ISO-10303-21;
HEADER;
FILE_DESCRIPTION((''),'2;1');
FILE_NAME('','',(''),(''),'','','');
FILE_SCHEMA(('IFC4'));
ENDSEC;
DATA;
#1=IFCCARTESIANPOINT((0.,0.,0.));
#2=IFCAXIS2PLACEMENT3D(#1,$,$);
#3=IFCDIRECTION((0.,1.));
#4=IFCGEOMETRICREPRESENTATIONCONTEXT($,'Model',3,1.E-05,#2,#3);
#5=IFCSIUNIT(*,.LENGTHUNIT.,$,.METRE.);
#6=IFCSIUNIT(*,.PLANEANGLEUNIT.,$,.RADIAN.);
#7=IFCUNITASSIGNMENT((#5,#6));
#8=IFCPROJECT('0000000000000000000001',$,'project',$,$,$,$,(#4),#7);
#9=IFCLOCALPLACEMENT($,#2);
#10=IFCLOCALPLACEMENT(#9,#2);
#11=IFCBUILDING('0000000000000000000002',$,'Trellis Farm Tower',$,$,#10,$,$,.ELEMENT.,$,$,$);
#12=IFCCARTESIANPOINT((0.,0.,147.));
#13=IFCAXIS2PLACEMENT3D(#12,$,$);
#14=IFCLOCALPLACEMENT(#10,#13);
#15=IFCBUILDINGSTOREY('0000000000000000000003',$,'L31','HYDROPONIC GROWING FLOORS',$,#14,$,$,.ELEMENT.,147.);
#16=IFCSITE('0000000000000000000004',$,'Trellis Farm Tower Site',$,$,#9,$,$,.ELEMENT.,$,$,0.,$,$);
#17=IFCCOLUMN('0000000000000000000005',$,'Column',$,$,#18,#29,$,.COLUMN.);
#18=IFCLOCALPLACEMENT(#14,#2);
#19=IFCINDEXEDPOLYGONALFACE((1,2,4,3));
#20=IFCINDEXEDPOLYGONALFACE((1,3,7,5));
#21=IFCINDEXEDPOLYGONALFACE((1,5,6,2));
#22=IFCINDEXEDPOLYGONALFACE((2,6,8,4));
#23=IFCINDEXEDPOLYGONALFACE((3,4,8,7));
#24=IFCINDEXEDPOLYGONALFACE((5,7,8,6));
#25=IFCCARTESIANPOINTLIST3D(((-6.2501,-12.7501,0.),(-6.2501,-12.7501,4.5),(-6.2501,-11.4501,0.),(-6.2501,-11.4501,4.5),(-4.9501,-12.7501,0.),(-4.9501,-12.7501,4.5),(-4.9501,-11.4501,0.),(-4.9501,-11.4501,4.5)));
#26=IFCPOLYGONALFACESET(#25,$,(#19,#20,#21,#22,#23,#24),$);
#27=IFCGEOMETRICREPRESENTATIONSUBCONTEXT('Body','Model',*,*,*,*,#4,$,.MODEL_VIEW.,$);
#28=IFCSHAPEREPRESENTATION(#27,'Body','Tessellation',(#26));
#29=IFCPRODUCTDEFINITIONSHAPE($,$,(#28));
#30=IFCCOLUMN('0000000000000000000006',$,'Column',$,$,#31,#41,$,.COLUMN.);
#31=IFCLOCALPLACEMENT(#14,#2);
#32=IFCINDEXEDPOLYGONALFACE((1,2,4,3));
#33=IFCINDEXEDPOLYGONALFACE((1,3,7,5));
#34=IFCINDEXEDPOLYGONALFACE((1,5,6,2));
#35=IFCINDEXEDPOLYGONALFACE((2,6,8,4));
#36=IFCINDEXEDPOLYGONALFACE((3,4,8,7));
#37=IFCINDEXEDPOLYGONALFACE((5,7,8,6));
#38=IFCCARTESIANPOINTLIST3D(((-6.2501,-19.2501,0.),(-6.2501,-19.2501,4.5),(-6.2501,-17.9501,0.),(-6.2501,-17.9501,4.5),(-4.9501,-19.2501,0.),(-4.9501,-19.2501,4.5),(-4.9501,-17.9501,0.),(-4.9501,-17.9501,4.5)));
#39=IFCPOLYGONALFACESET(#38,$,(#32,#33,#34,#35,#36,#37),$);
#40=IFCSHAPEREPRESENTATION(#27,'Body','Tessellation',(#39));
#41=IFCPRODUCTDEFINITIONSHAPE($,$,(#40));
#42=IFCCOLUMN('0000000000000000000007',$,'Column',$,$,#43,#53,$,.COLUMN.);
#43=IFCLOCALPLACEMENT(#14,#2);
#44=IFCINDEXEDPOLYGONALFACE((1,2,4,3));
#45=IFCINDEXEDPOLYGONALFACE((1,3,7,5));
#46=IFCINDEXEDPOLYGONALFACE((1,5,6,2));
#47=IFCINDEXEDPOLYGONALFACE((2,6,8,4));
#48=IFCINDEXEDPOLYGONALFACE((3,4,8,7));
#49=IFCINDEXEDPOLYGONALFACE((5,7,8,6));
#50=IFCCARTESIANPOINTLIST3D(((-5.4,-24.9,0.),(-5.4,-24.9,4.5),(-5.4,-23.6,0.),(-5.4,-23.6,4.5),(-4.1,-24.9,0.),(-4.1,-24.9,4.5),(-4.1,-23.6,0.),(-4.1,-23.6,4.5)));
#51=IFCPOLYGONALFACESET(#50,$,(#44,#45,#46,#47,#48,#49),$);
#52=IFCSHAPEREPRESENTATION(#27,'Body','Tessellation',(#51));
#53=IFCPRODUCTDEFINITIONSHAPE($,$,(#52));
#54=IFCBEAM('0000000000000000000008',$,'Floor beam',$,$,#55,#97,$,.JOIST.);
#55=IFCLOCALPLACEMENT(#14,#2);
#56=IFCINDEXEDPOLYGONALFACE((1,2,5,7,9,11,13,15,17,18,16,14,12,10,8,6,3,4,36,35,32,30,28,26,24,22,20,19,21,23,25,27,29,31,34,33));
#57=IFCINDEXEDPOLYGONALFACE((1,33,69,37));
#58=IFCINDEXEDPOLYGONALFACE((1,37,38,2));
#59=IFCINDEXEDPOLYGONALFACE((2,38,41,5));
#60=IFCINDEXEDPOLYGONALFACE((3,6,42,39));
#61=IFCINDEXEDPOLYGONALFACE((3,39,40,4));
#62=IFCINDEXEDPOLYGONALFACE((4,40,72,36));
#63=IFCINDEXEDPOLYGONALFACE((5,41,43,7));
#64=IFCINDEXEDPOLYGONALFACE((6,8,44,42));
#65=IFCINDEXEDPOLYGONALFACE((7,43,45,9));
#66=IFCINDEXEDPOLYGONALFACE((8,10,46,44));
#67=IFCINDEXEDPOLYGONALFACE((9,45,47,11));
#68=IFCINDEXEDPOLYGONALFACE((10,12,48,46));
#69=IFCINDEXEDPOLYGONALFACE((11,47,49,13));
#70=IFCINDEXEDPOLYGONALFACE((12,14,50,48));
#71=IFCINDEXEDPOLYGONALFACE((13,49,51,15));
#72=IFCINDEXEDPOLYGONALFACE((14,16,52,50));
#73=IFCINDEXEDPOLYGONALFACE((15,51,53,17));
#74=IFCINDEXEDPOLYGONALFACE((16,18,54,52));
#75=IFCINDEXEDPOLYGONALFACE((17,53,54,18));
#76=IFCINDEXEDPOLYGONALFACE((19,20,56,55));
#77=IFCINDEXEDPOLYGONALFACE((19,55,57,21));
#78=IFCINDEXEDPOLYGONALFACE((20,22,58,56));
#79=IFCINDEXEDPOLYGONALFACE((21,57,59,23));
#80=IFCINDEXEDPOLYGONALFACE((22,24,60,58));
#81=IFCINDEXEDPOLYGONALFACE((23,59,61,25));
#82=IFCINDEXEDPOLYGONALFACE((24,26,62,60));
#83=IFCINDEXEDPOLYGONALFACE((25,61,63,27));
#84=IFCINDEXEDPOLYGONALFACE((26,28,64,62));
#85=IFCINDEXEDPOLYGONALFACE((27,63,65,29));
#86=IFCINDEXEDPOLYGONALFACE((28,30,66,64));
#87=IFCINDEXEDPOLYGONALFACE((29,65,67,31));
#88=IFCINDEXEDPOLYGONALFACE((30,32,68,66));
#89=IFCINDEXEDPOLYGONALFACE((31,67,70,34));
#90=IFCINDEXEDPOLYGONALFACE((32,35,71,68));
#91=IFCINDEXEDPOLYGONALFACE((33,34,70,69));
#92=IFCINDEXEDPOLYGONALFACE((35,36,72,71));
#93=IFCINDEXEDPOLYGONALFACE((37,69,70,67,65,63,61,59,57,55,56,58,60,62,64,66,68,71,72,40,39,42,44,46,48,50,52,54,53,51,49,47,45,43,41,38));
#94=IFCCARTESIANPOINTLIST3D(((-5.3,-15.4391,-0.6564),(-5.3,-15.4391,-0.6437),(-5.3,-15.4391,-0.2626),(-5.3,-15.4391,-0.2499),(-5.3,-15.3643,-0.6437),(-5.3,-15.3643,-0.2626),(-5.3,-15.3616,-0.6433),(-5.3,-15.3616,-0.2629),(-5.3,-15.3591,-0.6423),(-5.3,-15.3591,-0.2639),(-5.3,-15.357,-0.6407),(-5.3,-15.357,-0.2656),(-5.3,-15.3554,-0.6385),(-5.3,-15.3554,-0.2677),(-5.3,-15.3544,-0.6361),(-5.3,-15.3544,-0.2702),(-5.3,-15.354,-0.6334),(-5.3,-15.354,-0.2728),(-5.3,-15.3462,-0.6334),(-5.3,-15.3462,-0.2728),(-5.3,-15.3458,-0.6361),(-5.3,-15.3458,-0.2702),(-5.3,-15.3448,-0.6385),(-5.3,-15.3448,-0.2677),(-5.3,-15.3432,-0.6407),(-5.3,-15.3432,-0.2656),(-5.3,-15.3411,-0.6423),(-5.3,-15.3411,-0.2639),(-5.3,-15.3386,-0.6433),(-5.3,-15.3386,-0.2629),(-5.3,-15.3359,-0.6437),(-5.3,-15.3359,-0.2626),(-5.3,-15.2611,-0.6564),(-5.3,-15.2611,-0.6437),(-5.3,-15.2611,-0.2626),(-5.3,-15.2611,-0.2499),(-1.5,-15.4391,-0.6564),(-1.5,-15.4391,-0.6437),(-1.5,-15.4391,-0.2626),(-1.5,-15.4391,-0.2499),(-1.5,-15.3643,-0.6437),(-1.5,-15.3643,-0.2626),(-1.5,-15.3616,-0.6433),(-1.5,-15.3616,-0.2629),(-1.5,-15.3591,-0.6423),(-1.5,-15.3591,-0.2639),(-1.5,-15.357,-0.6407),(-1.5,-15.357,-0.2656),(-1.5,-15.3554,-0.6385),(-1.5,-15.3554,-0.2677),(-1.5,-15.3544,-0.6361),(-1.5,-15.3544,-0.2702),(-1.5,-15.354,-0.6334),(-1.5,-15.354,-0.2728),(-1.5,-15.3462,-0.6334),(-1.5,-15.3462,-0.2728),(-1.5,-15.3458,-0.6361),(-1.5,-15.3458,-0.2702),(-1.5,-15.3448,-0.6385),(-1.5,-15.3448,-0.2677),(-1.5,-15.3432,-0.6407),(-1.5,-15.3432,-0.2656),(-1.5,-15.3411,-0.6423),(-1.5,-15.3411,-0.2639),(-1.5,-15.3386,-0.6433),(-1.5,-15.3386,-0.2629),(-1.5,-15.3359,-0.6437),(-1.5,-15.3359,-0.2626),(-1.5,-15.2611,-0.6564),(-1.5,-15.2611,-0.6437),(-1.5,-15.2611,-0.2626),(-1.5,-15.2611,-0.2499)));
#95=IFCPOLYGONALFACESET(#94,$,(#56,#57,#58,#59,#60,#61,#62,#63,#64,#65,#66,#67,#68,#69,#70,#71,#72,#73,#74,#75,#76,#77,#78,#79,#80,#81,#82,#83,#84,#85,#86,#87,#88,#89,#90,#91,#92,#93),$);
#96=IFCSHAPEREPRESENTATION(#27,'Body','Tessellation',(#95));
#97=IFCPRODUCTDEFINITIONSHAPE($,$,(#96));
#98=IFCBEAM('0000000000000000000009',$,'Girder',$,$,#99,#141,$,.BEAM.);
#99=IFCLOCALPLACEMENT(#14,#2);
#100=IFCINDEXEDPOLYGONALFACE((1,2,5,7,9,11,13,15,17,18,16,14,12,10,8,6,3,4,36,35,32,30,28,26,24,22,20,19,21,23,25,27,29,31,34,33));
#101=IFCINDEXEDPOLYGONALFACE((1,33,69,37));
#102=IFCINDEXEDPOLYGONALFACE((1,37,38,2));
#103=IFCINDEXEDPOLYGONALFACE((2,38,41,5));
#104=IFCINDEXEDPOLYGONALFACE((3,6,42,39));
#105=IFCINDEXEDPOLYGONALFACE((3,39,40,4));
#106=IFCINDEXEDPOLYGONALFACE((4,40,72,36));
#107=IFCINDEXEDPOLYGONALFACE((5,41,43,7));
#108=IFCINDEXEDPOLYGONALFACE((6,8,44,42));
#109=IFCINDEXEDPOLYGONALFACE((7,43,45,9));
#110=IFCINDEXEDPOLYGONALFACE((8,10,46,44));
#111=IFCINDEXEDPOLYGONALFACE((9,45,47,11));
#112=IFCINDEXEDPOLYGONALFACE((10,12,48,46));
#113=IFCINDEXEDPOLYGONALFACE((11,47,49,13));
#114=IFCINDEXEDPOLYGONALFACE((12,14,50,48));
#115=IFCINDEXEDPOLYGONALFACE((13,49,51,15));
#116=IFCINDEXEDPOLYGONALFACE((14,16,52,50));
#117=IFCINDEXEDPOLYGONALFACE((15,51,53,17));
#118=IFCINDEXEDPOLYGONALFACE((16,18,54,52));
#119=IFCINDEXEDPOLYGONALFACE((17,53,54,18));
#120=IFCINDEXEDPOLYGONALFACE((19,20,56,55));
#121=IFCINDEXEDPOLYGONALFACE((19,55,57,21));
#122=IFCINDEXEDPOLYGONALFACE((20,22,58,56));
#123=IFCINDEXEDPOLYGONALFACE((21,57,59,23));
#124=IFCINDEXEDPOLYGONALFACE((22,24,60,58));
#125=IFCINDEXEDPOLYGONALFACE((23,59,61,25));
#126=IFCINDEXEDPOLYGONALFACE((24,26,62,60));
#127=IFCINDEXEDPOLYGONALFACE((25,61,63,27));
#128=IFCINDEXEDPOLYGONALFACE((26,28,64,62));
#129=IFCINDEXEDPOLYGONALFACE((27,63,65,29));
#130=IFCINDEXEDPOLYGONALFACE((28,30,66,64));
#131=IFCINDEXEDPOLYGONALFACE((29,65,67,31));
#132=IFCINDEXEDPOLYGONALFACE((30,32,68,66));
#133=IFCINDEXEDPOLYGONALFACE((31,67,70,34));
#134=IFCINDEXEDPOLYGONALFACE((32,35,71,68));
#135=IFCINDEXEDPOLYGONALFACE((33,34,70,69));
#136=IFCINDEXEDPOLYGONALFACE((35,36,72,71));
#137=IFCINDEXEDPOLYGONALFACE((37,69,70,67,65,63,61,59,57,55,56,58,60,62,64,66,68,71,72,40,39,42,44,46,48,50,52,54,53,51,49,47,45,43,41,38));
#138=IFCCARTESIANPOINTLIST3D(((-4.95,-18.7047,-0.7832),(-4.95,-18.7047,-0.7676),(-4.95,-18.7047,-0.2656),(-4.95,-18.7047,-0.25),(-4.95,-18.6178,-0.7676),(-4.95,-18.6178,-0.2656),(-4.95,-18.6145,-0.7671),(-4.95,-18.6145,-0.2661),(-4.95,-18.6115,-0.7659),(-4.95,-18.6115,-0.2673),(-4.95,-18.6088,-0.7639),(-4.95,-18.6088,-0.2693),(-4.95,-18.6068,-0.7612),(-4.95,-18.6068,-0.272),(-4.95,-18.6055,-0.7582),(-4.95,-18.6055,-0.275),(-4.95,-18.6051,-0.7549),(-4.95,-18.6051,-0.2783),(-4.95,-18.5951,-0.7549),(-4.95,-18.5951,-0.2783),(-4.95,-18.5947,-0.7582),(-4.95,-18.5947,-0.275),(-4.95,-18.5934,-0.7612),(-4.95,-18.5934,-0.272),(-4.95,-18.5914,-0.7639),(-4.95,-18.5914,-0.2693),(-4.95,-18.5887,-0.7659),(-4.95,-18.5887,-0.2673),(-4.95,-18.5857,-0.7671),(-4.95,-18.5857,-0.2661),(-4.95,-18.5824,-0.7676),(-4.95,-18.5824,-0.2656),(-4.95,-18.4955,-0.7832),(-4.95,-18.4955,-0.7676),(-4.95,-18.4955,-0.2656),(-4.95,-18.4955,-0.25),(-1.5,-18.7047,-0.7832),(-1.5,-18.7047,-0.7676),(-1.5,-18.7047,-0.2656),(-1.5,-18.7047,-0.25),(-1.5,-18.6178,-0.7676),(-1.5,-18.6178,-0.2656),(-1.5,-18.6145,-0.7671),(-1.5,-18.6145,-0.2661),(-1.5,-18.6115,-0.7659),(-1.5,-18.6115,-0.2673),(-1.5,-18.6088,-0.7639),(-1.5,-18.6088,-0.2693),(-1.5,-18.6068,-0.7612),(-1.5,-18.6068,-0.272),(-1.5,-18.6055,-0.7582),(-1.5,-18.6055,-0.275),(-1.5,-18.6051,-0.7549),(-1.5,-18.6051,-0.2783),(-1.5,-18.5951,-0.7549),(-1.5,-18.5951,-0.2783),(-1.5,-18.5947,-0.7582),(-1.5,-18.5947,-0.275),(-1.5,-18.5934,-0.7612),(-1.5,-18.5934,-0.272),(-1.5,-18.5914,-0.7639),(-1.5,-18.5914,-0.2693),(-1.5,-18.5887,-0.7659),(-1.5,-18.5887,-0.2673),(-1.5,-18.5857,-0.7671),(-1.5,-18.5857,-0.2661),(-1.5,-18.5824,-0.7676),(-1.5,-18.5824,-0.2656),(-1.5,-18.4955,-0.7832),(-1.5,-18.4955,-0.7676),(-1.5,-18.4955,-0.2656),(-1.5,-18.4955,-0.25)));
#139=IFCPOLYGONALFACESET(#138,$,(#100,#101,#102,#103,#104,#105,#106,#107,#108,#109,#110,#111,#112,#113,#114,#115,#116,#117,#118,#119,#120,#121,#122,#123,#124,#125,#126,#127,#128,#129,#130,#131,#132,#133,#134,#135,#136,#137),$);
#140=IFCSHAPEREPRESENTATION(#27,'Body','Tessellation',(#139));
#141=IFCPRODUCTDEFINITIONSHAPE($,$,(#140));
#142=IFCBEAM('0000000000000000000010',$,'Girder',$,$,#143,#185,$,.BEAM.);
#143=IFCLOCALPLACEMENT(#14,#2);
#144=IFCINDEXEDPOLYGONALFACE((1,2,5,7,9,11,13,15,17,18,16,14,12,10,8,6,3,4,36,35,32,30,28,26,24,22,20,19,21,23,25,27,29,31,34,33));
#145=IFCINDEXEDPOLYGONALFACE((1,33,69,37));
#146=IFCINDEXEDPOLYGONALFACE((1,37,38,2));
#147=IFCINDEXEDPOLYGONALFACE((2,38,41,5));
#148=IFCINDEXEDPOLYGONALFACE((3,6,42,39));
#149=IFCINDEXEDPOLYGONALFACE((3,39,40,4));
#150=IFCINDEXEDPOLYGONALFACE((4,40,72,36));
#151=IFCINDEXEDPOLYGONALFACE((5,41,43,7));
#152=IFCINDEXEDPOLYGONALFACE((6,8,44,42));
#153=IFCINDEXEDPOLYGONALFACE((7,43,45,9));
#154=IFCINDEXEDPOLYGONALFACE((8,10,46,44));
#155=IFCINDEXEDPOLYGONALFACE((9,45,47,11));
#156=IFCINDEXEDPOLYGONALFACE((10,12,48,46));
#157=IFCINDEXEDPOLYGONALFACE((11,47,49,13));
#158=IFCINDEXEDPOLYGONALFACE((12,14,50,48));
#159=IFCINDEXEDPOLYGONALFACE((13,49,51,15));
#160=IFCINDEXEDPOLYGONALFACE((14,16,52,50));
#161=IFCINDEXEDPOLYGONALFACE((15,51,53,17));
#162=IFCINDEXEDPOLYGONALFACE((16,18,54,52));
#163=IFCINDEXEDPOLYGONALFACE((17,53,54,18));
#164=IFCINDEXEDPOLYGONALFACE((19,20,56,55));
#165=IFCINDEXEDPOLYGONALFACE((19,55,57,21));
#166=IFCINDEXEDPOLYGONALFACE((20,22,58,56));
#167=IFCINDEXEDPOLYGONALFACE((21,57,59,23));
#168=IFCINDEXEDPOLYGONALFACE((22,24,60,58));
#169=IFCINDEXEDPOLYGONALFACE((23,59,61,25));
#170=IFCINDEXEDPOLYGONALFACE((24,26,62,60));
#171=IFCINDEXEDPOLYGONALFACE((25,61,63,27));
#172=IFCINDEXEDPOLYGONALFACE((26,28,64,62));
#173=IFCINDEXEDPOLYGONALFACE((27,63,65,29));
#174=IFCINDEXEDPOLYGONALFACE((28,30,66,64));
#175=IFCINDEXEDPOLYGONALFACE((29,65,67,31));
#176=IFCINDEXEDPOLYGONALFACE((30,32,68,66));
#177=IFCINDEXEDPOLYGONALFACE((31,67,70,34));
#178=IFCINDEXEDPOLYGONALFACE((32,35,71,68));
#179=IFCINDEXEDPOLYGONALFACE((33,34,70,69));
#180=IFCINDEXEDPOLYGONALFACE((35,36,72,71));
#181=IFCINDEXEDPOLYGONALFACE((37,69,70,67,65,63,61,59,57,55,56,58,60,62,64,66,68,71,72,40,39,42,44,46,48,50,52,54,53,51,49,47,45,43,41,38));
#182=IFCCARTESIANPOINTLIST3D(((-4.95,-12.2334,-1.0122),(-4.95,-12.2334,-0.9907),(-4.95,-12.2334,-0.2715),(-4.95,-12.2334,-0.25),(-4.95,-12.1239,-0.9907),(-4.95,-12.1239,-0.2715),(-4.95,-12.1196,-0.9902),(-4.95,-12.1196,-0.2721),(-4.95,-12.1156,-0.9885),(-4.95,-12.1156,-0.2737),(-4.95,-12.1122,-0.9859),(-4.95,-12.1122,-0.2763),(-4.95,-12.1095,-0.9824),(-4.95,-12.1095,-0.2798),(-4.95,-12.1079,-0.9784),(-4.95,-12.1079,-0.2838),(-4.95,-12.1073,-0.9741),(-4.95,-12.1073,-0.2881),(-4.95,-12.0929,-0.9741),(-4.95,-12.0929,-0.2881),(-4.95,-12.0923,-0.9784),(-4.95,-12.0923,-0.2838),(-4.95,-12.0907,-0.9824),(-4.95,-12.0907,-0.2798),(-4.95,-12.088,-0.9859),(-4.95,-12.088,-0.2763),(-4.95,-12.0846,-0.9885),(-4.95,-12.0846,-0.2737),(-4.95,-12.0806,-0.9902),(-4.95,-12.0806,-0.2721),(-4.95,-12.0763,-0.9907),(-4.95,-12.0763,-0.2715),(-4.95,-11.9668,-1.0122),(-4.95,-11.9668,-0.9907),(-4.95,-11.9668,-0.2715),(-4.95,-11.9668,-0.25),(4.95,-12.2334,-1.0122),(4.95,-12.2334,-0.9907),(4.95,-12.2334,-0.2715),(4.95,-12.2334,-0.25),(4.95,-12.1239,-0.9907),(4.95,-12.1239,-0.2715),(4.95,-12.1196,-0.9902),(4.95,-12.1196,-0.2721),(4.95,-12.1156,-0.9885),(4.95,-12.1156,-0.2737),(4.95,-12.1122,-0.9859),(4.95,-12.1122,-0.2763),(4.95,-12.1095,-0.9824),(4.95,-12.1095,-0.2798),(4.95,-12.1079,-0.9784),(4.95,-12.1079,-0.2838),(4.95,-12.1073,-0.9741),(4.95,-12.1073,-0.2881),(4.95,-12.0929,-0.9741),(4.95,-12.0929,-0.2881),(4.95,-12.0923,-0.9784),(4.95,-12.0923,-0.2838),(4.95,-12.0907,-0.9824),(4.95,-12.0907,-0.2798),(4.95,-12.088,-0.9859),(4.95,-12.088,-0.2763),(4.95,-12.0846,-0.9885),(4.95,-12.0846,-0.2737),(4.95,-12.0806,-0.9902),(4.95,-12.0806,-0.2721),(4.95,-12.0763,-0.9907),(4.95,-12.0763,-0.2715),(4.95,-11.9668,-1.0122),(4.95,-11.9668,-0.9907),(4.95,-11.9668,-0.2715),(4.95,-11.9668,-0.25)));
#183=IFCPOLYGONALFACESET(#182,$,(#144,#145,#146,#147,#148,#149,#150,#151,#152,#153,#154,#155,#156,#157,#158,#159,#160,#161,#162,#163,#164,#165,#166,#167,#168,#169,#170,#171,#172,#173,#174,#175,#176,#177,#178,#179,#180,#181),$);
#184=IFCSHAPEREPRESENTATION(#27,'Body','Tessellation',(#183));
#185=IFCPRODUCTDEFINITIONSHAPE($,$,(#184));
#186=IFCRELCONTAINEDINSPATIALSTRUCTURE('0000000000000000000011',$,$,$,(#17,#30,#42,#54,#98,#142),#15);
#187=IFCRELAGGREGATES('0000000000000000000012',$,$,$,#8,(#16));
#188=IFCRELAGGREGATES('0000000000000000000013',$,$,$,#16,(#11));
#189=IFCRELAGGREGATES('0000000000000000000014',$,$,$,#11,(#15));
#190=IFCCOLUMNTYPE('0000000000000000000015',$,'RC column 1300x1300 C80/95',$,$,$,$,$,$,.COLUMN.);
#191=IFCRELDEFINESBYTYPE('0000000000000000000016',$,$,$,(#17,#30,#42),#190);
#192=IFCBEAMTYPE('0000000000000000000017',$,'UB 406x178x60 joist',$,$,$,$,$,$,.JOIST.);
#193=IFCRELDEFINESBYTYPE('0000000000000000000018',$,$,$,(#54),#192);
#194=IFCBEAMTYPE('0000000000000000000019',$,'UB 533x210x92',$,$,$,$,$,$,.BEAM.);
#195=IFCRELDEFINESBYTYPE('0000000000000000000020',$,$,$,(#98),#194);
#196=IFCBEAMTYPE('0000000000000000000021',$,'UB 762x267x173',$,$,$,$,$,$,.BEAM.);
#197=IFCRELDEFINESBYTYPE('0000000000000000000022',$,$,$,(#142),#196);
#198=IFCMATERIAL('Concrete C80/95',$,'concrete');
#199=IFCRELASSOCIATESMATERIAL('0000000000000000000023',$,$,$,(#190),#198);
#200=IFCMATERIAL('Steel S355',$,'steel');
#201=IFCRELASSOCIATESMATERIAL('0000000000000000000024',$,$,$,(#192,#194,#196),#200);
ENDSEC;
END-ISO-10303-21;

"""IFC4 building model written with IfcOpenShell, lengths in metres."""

from ifc_helpers import new_model, si_unit, direction, frame, origin, origin_2d, place, context, subcontext, project, spatial, rectangle, i_section, extrude, source, transform, mapped, material, material_profile, profile_set, type_object, element, save


model = new_model("IFC4")

# Units and contexts
model_context = context("Model", 3, precision=1e-05, world=origin(), true_north=direction((0.0, 1.0)))
body_context = subcontext(model_context, "Body", "Model", "MODEL_VIEW")
ifc_project = project(units=[si_unit("LENGTHUNIT", "METRE"), si_unit("PLANEANGLEUNIT", "RADIAN")], contexts=[model_context])

# Site, building, storey
site_placement = place(None, origin())
site = spatial("IfcSite", under=ifc_project, at=site_placement, Name="Trellis Farm Tower Site", CompositionType="ELEMENT", RefElevation=0.0)
building_placement = place(site_placement, origin())
building = spatial("IfcBuilding", under=site, at=building_placement, Name="Trellis Farm Tower", CompositionType="ELEMENT")
storey_placement = place(building_placement, frame((0.0, 0.0, 147.0)))
storey = spatial("IfcBuildingStorey", under=building, at=storey_placement, Name="L31", Description="HYDROPONIC GROWING FLOORS", CompositionType="ELEMENT", Elevation=147.0)

# Columns
ifc_material_1 = material(Name="Concrete C80/95", Category="concrete")
ifc_material_profile_1 = material_profile(ifc_material_1, rectangle(XDim=1.3, YDim=1.3, at=origin_2d()), Name="RC column 1300x1300 C80/95")
ifc_profile_set_1 = profile_set([ifc_material_profile_1], Name="Concrete C80/95")
column_type = type_object("IfcColumnType", Name="RC column 1300x1300 C80/95", PredefinedType="COLUMN", material=ifc_profile_set_1)
shared_shape_1 = source(origin(), body_context, "Body", "SweptSolid", [
    extrude(rectangle(XDim=1.3, YDim=1.3, at=origin_2d()), origin(), (0.0, 0.0, 1.0), 4.5),
])
for number, where, z_axis, x_axis, name in (
    (1, (-5.6001, -12.1001, 0.0), (0.0, 0.0, 1.0), (1.0, 0.0, 0.0), "Column"),
    (2, (-5.6001, -18.6001, 0.0), (0.0, 0.0, 1.0), (1.0, 0.0, 0.0), "Column"),
    (3, (-4.75, -24.25, 0.0), (0.0, 0.0, 1.0), (1.0, 0.0, 0.0), "Column"),
):
    element("IfcColumn", number, at=place(storey_placement, frame(where, z_axis=z_axis, x_axis=x_axis)), inside=storey, type_object=column_type, Name=name, PredefinedType="COLUMN", context=body_context, shape_type="MappedRepresentation", body=[
        mapped(shared_shape_1, transform((0.0, 0.0, 0.0))),
    ])

# Beams
ifc_material_2 = material(Name="Steel S355", Category="steel")
ifc_material_profile_2 = material_profile(ifc_material_2, i_section(OverallWidth=0.178, OverallDepth=0.4065, WebThickness=0.0078, FlangeThickness=0.0127, FilletRadius=0.0103, at=origin_2d()), Name="UB 406x178x60")
ifc_profile_set_2 = profile_set([ifc_material_profile_2], Name="Steel S355")
beam_type_1 = type_object("IfcBeamType", Name="UB 406x178x60 joist", PredefinedType="JOIST", material=ifc_profile_set_2)
shared_shape_2 = source(origin(), body_context, "Body", "SweptSolid", [
    extrude(i_section(OverallWidth=0.178, OverallDepth=0.4065, WebThickness=0.0078, FlangeThickness=0.0127, FilletRadius=0.0103, at=origin_2d()), origin(), (0.0, 0.0, 1.0), 3.8),
])
beam_1_placement = place(storey_placement, frame((-5.3, -15.3501, -0.4531), z_axis=(1.0, 0.0, 0.0), x_axis=(0.0, 1.0, 0.0)))
element("IfcBeam", 4, at=beam_1_placement, inside=storey, type_object=beam_type_1, Name="Floor beam", PredefinedType="JOIST", context=body_context, shape_type="MappedRepresentation", body=[
    mapped(shared_shape_2, transform((0.0, 0.0, 0.0))),
])
ifc_material_profile_3 = material_profile(ifc_material_2, i_section(OverallWidth=0.2092, OverallDepth=0.5332, WebThickness=0.01, FlangeThickness=0.0156, FilletRadius=0.0127, at=origin_2d()), Name="UB 533x210x92")
ifc_profile_set_3 = profile_set([ifc_material_profile_3], Name="Steel S355")
beam_type_2 = type_object("IfcBeamType", Name="UB 533x210x92", PredefinedType="BEAM", material=ifc_profile_set_3)
shared_shape_3 = source(origin(), body_context, "Body", "SweptSolid", [
    extrude(i_section(OverallWidth=0.2092, OverallDepth=0.5332, WebThickness=0.01, FlangeThickness=0.0156, FilletRadius=0.0127, at=origin_2d()), origin(), (0.0, 0.0, 1.0), 3.45),
])
beam_2_placement = place(storey_placement, frame((-4.95, -18.6001, -0.5166), z_axis=(1.0, 0.0, 0.0), x_axis=(0.0, 1.0, 0.0)))
element("IfcBeam", 5, at=beam_2_placement, inside=storey, type_object=beam_type_2, Name="Girder", PredefinedType="BEAM", context=body_context, shape_type="MappedRepresentation", body=[
    mapped(shared_shape_3, transform((0.0, 0.0, 0.0))),
])
ifc_material_profile_4 = material_profile(ifc_material_2, i_section(OverallWidth=0.2666, OverallDepth=0.7622, WebThickness=0.0144, FlangeThickness=0.0215, FilletRadius=0.0166, at=origin_2d()), Name="UB 762x267x173")
ifc_profile_set_4 = profile_set([ifc_material_profile_4], Name="Steel S355")
beam_type_3 = type_object("IfcBeamType", Name="UB 762x267x173", PredefinedType="BEAM", material=ifc_profile_set_4)
shared_shape_4 = source(origin(), body_context, "Body", "SweptSolid", [
    extrude(i_section(OverallWidth=0.2666, OverallDepth=0.7622, WebThickness=0.0144, FlangeThickness=0.0215, FilletRadius=0.0166, at=origin_2d()), origin(), (0.0, 0.0, 1.0), 9.8999),
])
beam_3_placement = place(storey_placement, frame((-4.95, -12.1001, -0.6311), z_axis=(1.0, 0.0, 0.0), x_axis=(0.0, 1.0, 0.0)))
element("IfcBeam", 6, at=beam_3_placement, inside=storey, type_object=beam_type_3, Name="Girder", PredefinedType="BEAM", context=body_context, shape_type="MappedRepresentation", body=[
    mapped(shared_shape_4, transform((0.0, 0.0, 0.0))),
])

save(model, "model.ifc")
